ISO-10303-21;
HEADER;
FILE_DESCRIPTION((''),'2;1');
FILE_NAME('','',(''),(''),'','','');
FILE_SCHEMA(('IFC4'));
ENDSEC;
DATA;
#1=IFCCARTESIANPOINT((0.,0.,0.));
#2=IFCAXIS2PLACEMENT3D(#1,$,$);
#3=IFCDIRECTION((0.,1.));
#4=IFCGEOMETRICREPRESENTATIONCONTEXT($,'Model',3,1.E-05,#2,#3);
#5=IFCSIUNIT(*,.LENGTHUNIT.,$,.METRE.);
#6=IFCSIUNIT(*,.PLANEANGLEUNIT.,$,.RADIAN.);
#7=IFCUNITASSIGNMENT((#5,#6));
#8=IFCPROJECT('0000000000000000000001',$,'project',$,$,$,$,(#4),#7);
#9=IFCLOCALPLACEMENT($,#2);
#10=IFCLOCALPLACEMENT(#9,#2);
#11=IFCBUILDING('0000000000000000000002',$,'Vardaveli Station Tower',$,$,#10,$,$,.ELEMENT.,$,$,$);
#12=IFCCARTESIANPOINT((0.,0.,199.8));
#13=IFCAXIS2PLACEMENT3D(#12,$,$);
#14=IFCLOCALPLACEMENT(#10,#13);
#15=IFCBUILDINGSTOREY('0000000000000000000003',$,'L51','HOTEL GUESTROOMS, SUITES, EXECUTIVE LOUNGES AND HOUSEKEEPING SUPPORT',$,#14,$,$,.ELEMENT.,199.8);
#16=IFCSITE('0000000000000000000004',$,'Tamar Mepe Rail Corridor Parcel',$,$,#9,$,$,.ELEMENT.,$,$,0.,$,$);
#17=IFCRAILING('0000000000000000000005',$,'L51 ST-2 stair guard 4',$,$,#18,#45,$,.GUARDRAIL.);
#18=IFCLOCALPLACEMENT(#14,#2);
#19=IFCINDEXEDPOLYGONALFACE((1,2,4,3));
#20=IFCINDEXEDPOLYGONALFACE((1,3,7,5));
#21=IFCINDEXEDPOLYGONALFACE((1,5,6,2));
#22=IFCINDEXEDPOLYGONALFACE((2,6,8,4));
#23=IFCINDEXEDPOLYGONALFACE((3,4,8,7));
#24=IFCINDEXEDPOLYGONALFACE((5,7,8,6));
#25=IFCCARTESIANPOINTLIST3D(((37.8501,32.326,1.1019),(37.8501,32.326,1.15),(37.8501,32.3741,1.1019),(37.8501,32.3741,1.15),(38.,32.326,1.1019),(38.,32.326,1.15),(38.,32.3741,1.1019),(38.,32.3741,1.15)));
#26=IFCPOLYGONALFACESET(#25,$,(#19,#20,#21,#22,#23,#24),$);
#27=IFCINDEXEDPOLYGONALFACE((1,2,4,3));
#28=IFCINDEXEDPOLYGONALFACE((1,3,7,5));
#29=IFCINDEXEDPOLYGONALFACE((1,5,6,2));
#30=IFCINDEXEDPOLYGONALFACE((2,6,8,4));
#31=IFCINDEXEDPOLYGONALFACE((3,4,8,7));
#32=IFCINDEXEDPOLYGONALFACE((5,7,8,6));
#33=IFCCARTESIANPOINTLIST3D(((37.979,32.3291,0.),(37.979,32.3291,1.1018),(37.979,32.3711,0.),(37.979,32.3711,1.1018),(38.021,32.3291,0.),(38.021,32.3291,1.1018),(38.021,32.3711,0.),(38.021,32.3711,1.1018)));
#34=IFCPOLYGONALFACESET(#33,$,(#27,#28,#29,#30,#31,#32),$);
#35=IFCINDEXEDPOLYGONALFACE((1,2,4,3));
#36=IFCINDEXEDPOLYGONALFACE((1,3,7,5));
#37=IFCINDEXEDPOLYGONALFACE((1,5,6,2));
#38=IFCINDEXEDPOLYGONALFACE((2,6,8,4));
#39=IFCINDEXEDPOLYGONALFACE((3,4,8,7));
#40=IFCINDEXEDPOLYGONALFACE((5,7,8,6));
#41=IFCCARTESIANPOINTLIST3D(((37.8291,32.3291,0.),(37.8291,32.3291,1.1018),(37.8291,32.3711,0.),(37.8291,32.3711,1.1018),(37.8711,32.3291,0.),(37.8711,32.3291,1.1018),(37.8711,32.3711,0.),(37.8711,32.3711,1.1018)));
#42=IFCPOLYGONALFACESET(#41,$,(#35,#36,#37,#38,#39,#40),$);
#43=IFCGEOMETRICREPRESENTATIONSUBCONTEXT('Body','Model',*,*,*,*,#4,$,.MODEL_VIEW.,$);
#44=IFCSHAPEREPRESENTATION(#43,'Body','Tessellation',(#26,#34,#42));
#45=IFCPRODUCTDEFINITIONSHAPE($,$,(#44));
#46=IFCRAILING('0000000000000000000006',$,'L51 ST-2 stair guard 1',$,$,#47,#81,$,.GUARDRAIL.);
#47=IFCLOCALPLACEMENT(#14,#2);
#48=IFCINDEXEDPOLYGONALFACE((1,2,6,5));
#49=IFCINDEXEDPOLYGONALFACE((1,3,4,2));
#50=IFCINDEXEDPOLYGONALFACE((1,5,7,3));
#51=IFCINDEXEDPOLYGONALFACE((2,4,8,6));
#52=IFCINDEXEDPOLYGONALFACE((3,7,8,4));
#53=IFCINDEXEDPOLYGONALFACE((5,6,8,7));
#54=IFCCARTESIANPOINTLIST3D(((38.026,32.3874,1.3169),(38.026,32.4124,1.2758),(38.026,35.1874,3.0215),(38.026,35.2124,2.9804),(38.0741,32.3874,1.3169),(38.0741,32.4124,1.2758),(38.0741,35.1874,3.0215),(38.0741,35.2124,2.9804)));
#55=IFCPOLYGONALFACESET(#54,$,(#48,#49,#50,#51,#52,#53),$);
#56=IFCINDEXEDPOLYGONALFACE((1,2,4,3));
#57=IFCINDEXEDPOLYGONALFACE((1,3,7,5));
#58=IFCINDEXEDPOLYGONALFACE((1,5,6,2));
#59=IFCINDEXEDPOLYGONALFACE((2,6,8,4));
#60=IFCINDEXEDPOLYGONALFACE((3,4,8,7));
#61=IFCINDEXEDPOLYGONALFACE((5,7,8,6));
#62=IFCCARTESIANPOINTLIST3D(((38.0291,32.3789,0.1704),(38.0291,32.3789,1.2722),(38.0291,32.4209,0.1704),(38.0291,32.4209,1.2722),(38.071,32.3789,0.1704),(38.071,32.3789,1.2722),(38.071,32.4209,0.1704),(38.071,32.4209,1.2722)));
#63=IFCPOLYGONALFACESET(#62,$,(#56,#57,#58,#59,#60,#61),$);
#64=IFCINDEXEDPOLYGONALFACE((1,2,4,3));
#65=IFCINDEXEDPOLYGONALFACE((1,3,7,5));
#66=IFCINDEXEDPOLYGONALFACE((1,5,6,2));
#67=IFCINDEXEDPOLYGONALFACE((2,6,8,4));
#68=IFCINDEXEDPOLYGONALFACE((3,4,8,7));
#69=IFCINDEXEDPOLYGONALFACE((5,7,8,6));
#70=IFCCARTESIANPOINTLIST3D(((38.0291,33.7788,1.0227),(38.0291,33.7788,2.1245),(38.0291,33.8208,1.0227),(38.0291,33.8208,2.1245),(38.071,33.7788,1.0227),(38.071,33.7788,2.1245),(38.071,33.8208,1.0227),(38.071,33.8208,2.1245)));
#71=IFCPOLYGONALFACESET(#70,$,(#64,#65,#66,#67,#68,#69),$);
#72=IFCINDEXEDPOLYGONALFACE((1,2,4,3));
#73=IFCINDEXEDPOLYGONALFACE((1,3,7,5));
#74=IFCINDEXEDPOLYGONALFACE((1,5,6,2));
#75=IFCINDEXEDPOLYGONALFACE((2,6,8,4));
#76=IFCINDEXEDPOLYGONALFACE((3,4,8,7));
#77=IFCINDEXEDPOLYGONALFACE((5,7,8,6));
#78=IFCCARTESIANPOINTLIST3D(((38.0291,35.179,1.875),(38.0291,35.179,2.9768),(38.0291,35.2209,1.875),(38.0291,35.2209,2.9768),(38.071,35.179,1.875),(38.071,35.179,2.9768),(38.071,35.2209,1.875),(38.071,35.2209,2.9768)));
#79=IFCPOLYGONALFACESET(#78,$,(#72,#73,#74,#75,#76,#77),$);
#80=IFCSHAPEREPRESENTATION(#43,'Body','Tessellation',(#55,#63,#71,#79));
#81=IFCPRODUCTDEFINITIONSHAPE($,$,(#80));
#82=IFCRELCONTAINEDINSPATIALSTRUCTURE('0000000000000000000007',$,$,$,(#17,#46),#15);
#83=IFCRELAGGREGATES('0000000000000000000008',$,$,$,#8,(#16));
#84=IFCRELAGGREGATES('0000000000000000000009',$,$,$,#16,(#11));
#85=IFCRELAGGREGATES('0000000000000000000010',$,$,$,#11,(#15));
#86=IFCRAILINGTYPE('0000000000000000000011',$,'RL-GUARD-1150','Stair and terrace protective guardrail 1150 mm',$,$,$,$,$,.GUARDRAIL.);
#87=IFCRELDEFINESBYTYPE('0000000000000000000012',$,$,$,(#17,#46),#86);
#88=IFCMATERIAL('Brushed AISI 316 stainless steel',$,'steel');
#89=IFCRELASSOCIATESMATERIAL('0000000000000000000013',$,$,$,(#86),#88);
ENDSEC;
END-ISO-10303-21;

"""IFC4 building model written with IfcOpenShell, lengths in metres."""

from ifc_helpers import new_model, si_unit, direction, frame, origin, origin_2d, place, context, subcontext, project, spatial, rectangle, extrude, source, transform, mapped, material, type_object, element, save


model = new_model("IFC4")

# Units and contexts
model_context = context("Model", 3, precision=1e-05, world=origin(), true_north=direction((0.0, 1.0)))
body_context = subcontext(model_context, "Body", "Model", "MODEL_VIEW")
ifc_project = project(units=[si_unit("LENGTHUNIT", "METRE"), si_unit("PLANEANGLEUNIT", "RADIAN")], contexts=[model_context])

# Site, building, storey
site_placement = place(None, origin())
site = spatial("IfcSite", under=ifc_project, at=site_placement, Name="Tamar Mepe Rail Corridor Parcel", CompositionType="ELEMENT", RefElevation=0.0)
building_placement = place(site_placement, origin())
building = spatial("IfcBuilding", under=site, at=building_placement, Name="Vardaveli Station Tower", CompositionType="ELEMENT")
storey_placement = place(building_placement, frame((0.0, 0.0, 199.8)))
storey = spatial("IfcBuildingStorey", under=building, at=storey_placement, Name="L51", Description="HOTEL GUESTROOMS, SUITES, EXECUTIVE LOUNGES AND HOUSEKEEPING SUPPORT", CompositionType="ELEMENT", Elevation=199.8)

# Railings
ifc_material_1 = material(Name="Brushed AISI 316 stainless steel", Category="steel")
railing_type = type_object("IfcRailingType", Name="RL-GUARD-1150", Description="Stair and terrace protective guardrail 1150 mm", PredefinedType="GUARDRAIL", material=ifc_material_1)
shared_shape_1 = source(origin(), body_context, "Body", "SweptSolid", [
    extrude(rectangle(XDim=0.0481, YDim=0.0481, at=origin_2d()), frame((0.0, 0.0, 1.126), z_axis=(-1.0, 0.0, 0.0), x_axis=(0.0, -1.0, 0.0)), (0.0, 0.0, 1.0), 0.1499),
    extrude(rectangle(XDim=0.042, YDim=0.042, at=origin_2d()), origin(), (0.0, 0.0, 1.0), 1.1018),
    extrude(rectangle(XDim=0.042, YDim=0.042, at=origin_2d()), frame((-0.1499, 0.0, 0.0)), (0.0, 0.0, 1.0), 1.1018),
])
railing_1_placement = place(storey_placement, frame((38.0, 32.3501, 0.0)))
element("IfcRailing", 1, at=railing_1_placement, inside=storey, type_object=railing_type, Name="L51 ST-2 stair guard 4", PredefinedType="GUARDRAIL", context=body_context, shape_type="MappedRepresentation", body=[
    mapped(shared_shape_1, transform((0.0, 0.0, 0.0), scale=1.0)),
])
shared_shape_2 = source(origin(), body_context, "Body", "SweptSolid", [
    extrude(rectangle(XDim=0.0481, YDim=0.0481, at=origin_2d()), frame((0.0, 0.0, 1.126), z_axis=(0.0, 0.85417, 0.519994), x_axis=(-1.0, 0.0, 0.0)), (0.0, 0.0, 1.0), 3.2781),
    extrude(rectangle(XDim=0.042, YDim=0.042, at=origin_2d()), origin(), (0.0, 0.0, 1.0), 1.1018),
    extrude(rectangle(XDim=0.042, YDim=0.042, at=origin_2d()), frame((0.0, 1.3999, 0.8523)), (0.0, 0.0, 1.0), 1.1018),
    extrude(rectangle(XDim=0.042, YDim=0.042, at=origin_2d()), frame((0.0, 2.8, 1.7046)), (0.0, 0.0, 1.0), 1.1018),
])
railing_2_placement = place(storey_placement, frame((38.05, 32.3999, 0.1704)))
element("IfcRailing", 2, at=railing_2_placement, inside=storey, type_object=railing_type, Name="L51 ST-2 stair guard 1", PredefinedType="GUARDRAIL", context=body_context, shape_type="MappedRepresentation", body=[
    mapped(shared_shape_2, transform((0.0, 0.0, 0.0), scale=1.0)),
])

save(model, "model.ifc")
